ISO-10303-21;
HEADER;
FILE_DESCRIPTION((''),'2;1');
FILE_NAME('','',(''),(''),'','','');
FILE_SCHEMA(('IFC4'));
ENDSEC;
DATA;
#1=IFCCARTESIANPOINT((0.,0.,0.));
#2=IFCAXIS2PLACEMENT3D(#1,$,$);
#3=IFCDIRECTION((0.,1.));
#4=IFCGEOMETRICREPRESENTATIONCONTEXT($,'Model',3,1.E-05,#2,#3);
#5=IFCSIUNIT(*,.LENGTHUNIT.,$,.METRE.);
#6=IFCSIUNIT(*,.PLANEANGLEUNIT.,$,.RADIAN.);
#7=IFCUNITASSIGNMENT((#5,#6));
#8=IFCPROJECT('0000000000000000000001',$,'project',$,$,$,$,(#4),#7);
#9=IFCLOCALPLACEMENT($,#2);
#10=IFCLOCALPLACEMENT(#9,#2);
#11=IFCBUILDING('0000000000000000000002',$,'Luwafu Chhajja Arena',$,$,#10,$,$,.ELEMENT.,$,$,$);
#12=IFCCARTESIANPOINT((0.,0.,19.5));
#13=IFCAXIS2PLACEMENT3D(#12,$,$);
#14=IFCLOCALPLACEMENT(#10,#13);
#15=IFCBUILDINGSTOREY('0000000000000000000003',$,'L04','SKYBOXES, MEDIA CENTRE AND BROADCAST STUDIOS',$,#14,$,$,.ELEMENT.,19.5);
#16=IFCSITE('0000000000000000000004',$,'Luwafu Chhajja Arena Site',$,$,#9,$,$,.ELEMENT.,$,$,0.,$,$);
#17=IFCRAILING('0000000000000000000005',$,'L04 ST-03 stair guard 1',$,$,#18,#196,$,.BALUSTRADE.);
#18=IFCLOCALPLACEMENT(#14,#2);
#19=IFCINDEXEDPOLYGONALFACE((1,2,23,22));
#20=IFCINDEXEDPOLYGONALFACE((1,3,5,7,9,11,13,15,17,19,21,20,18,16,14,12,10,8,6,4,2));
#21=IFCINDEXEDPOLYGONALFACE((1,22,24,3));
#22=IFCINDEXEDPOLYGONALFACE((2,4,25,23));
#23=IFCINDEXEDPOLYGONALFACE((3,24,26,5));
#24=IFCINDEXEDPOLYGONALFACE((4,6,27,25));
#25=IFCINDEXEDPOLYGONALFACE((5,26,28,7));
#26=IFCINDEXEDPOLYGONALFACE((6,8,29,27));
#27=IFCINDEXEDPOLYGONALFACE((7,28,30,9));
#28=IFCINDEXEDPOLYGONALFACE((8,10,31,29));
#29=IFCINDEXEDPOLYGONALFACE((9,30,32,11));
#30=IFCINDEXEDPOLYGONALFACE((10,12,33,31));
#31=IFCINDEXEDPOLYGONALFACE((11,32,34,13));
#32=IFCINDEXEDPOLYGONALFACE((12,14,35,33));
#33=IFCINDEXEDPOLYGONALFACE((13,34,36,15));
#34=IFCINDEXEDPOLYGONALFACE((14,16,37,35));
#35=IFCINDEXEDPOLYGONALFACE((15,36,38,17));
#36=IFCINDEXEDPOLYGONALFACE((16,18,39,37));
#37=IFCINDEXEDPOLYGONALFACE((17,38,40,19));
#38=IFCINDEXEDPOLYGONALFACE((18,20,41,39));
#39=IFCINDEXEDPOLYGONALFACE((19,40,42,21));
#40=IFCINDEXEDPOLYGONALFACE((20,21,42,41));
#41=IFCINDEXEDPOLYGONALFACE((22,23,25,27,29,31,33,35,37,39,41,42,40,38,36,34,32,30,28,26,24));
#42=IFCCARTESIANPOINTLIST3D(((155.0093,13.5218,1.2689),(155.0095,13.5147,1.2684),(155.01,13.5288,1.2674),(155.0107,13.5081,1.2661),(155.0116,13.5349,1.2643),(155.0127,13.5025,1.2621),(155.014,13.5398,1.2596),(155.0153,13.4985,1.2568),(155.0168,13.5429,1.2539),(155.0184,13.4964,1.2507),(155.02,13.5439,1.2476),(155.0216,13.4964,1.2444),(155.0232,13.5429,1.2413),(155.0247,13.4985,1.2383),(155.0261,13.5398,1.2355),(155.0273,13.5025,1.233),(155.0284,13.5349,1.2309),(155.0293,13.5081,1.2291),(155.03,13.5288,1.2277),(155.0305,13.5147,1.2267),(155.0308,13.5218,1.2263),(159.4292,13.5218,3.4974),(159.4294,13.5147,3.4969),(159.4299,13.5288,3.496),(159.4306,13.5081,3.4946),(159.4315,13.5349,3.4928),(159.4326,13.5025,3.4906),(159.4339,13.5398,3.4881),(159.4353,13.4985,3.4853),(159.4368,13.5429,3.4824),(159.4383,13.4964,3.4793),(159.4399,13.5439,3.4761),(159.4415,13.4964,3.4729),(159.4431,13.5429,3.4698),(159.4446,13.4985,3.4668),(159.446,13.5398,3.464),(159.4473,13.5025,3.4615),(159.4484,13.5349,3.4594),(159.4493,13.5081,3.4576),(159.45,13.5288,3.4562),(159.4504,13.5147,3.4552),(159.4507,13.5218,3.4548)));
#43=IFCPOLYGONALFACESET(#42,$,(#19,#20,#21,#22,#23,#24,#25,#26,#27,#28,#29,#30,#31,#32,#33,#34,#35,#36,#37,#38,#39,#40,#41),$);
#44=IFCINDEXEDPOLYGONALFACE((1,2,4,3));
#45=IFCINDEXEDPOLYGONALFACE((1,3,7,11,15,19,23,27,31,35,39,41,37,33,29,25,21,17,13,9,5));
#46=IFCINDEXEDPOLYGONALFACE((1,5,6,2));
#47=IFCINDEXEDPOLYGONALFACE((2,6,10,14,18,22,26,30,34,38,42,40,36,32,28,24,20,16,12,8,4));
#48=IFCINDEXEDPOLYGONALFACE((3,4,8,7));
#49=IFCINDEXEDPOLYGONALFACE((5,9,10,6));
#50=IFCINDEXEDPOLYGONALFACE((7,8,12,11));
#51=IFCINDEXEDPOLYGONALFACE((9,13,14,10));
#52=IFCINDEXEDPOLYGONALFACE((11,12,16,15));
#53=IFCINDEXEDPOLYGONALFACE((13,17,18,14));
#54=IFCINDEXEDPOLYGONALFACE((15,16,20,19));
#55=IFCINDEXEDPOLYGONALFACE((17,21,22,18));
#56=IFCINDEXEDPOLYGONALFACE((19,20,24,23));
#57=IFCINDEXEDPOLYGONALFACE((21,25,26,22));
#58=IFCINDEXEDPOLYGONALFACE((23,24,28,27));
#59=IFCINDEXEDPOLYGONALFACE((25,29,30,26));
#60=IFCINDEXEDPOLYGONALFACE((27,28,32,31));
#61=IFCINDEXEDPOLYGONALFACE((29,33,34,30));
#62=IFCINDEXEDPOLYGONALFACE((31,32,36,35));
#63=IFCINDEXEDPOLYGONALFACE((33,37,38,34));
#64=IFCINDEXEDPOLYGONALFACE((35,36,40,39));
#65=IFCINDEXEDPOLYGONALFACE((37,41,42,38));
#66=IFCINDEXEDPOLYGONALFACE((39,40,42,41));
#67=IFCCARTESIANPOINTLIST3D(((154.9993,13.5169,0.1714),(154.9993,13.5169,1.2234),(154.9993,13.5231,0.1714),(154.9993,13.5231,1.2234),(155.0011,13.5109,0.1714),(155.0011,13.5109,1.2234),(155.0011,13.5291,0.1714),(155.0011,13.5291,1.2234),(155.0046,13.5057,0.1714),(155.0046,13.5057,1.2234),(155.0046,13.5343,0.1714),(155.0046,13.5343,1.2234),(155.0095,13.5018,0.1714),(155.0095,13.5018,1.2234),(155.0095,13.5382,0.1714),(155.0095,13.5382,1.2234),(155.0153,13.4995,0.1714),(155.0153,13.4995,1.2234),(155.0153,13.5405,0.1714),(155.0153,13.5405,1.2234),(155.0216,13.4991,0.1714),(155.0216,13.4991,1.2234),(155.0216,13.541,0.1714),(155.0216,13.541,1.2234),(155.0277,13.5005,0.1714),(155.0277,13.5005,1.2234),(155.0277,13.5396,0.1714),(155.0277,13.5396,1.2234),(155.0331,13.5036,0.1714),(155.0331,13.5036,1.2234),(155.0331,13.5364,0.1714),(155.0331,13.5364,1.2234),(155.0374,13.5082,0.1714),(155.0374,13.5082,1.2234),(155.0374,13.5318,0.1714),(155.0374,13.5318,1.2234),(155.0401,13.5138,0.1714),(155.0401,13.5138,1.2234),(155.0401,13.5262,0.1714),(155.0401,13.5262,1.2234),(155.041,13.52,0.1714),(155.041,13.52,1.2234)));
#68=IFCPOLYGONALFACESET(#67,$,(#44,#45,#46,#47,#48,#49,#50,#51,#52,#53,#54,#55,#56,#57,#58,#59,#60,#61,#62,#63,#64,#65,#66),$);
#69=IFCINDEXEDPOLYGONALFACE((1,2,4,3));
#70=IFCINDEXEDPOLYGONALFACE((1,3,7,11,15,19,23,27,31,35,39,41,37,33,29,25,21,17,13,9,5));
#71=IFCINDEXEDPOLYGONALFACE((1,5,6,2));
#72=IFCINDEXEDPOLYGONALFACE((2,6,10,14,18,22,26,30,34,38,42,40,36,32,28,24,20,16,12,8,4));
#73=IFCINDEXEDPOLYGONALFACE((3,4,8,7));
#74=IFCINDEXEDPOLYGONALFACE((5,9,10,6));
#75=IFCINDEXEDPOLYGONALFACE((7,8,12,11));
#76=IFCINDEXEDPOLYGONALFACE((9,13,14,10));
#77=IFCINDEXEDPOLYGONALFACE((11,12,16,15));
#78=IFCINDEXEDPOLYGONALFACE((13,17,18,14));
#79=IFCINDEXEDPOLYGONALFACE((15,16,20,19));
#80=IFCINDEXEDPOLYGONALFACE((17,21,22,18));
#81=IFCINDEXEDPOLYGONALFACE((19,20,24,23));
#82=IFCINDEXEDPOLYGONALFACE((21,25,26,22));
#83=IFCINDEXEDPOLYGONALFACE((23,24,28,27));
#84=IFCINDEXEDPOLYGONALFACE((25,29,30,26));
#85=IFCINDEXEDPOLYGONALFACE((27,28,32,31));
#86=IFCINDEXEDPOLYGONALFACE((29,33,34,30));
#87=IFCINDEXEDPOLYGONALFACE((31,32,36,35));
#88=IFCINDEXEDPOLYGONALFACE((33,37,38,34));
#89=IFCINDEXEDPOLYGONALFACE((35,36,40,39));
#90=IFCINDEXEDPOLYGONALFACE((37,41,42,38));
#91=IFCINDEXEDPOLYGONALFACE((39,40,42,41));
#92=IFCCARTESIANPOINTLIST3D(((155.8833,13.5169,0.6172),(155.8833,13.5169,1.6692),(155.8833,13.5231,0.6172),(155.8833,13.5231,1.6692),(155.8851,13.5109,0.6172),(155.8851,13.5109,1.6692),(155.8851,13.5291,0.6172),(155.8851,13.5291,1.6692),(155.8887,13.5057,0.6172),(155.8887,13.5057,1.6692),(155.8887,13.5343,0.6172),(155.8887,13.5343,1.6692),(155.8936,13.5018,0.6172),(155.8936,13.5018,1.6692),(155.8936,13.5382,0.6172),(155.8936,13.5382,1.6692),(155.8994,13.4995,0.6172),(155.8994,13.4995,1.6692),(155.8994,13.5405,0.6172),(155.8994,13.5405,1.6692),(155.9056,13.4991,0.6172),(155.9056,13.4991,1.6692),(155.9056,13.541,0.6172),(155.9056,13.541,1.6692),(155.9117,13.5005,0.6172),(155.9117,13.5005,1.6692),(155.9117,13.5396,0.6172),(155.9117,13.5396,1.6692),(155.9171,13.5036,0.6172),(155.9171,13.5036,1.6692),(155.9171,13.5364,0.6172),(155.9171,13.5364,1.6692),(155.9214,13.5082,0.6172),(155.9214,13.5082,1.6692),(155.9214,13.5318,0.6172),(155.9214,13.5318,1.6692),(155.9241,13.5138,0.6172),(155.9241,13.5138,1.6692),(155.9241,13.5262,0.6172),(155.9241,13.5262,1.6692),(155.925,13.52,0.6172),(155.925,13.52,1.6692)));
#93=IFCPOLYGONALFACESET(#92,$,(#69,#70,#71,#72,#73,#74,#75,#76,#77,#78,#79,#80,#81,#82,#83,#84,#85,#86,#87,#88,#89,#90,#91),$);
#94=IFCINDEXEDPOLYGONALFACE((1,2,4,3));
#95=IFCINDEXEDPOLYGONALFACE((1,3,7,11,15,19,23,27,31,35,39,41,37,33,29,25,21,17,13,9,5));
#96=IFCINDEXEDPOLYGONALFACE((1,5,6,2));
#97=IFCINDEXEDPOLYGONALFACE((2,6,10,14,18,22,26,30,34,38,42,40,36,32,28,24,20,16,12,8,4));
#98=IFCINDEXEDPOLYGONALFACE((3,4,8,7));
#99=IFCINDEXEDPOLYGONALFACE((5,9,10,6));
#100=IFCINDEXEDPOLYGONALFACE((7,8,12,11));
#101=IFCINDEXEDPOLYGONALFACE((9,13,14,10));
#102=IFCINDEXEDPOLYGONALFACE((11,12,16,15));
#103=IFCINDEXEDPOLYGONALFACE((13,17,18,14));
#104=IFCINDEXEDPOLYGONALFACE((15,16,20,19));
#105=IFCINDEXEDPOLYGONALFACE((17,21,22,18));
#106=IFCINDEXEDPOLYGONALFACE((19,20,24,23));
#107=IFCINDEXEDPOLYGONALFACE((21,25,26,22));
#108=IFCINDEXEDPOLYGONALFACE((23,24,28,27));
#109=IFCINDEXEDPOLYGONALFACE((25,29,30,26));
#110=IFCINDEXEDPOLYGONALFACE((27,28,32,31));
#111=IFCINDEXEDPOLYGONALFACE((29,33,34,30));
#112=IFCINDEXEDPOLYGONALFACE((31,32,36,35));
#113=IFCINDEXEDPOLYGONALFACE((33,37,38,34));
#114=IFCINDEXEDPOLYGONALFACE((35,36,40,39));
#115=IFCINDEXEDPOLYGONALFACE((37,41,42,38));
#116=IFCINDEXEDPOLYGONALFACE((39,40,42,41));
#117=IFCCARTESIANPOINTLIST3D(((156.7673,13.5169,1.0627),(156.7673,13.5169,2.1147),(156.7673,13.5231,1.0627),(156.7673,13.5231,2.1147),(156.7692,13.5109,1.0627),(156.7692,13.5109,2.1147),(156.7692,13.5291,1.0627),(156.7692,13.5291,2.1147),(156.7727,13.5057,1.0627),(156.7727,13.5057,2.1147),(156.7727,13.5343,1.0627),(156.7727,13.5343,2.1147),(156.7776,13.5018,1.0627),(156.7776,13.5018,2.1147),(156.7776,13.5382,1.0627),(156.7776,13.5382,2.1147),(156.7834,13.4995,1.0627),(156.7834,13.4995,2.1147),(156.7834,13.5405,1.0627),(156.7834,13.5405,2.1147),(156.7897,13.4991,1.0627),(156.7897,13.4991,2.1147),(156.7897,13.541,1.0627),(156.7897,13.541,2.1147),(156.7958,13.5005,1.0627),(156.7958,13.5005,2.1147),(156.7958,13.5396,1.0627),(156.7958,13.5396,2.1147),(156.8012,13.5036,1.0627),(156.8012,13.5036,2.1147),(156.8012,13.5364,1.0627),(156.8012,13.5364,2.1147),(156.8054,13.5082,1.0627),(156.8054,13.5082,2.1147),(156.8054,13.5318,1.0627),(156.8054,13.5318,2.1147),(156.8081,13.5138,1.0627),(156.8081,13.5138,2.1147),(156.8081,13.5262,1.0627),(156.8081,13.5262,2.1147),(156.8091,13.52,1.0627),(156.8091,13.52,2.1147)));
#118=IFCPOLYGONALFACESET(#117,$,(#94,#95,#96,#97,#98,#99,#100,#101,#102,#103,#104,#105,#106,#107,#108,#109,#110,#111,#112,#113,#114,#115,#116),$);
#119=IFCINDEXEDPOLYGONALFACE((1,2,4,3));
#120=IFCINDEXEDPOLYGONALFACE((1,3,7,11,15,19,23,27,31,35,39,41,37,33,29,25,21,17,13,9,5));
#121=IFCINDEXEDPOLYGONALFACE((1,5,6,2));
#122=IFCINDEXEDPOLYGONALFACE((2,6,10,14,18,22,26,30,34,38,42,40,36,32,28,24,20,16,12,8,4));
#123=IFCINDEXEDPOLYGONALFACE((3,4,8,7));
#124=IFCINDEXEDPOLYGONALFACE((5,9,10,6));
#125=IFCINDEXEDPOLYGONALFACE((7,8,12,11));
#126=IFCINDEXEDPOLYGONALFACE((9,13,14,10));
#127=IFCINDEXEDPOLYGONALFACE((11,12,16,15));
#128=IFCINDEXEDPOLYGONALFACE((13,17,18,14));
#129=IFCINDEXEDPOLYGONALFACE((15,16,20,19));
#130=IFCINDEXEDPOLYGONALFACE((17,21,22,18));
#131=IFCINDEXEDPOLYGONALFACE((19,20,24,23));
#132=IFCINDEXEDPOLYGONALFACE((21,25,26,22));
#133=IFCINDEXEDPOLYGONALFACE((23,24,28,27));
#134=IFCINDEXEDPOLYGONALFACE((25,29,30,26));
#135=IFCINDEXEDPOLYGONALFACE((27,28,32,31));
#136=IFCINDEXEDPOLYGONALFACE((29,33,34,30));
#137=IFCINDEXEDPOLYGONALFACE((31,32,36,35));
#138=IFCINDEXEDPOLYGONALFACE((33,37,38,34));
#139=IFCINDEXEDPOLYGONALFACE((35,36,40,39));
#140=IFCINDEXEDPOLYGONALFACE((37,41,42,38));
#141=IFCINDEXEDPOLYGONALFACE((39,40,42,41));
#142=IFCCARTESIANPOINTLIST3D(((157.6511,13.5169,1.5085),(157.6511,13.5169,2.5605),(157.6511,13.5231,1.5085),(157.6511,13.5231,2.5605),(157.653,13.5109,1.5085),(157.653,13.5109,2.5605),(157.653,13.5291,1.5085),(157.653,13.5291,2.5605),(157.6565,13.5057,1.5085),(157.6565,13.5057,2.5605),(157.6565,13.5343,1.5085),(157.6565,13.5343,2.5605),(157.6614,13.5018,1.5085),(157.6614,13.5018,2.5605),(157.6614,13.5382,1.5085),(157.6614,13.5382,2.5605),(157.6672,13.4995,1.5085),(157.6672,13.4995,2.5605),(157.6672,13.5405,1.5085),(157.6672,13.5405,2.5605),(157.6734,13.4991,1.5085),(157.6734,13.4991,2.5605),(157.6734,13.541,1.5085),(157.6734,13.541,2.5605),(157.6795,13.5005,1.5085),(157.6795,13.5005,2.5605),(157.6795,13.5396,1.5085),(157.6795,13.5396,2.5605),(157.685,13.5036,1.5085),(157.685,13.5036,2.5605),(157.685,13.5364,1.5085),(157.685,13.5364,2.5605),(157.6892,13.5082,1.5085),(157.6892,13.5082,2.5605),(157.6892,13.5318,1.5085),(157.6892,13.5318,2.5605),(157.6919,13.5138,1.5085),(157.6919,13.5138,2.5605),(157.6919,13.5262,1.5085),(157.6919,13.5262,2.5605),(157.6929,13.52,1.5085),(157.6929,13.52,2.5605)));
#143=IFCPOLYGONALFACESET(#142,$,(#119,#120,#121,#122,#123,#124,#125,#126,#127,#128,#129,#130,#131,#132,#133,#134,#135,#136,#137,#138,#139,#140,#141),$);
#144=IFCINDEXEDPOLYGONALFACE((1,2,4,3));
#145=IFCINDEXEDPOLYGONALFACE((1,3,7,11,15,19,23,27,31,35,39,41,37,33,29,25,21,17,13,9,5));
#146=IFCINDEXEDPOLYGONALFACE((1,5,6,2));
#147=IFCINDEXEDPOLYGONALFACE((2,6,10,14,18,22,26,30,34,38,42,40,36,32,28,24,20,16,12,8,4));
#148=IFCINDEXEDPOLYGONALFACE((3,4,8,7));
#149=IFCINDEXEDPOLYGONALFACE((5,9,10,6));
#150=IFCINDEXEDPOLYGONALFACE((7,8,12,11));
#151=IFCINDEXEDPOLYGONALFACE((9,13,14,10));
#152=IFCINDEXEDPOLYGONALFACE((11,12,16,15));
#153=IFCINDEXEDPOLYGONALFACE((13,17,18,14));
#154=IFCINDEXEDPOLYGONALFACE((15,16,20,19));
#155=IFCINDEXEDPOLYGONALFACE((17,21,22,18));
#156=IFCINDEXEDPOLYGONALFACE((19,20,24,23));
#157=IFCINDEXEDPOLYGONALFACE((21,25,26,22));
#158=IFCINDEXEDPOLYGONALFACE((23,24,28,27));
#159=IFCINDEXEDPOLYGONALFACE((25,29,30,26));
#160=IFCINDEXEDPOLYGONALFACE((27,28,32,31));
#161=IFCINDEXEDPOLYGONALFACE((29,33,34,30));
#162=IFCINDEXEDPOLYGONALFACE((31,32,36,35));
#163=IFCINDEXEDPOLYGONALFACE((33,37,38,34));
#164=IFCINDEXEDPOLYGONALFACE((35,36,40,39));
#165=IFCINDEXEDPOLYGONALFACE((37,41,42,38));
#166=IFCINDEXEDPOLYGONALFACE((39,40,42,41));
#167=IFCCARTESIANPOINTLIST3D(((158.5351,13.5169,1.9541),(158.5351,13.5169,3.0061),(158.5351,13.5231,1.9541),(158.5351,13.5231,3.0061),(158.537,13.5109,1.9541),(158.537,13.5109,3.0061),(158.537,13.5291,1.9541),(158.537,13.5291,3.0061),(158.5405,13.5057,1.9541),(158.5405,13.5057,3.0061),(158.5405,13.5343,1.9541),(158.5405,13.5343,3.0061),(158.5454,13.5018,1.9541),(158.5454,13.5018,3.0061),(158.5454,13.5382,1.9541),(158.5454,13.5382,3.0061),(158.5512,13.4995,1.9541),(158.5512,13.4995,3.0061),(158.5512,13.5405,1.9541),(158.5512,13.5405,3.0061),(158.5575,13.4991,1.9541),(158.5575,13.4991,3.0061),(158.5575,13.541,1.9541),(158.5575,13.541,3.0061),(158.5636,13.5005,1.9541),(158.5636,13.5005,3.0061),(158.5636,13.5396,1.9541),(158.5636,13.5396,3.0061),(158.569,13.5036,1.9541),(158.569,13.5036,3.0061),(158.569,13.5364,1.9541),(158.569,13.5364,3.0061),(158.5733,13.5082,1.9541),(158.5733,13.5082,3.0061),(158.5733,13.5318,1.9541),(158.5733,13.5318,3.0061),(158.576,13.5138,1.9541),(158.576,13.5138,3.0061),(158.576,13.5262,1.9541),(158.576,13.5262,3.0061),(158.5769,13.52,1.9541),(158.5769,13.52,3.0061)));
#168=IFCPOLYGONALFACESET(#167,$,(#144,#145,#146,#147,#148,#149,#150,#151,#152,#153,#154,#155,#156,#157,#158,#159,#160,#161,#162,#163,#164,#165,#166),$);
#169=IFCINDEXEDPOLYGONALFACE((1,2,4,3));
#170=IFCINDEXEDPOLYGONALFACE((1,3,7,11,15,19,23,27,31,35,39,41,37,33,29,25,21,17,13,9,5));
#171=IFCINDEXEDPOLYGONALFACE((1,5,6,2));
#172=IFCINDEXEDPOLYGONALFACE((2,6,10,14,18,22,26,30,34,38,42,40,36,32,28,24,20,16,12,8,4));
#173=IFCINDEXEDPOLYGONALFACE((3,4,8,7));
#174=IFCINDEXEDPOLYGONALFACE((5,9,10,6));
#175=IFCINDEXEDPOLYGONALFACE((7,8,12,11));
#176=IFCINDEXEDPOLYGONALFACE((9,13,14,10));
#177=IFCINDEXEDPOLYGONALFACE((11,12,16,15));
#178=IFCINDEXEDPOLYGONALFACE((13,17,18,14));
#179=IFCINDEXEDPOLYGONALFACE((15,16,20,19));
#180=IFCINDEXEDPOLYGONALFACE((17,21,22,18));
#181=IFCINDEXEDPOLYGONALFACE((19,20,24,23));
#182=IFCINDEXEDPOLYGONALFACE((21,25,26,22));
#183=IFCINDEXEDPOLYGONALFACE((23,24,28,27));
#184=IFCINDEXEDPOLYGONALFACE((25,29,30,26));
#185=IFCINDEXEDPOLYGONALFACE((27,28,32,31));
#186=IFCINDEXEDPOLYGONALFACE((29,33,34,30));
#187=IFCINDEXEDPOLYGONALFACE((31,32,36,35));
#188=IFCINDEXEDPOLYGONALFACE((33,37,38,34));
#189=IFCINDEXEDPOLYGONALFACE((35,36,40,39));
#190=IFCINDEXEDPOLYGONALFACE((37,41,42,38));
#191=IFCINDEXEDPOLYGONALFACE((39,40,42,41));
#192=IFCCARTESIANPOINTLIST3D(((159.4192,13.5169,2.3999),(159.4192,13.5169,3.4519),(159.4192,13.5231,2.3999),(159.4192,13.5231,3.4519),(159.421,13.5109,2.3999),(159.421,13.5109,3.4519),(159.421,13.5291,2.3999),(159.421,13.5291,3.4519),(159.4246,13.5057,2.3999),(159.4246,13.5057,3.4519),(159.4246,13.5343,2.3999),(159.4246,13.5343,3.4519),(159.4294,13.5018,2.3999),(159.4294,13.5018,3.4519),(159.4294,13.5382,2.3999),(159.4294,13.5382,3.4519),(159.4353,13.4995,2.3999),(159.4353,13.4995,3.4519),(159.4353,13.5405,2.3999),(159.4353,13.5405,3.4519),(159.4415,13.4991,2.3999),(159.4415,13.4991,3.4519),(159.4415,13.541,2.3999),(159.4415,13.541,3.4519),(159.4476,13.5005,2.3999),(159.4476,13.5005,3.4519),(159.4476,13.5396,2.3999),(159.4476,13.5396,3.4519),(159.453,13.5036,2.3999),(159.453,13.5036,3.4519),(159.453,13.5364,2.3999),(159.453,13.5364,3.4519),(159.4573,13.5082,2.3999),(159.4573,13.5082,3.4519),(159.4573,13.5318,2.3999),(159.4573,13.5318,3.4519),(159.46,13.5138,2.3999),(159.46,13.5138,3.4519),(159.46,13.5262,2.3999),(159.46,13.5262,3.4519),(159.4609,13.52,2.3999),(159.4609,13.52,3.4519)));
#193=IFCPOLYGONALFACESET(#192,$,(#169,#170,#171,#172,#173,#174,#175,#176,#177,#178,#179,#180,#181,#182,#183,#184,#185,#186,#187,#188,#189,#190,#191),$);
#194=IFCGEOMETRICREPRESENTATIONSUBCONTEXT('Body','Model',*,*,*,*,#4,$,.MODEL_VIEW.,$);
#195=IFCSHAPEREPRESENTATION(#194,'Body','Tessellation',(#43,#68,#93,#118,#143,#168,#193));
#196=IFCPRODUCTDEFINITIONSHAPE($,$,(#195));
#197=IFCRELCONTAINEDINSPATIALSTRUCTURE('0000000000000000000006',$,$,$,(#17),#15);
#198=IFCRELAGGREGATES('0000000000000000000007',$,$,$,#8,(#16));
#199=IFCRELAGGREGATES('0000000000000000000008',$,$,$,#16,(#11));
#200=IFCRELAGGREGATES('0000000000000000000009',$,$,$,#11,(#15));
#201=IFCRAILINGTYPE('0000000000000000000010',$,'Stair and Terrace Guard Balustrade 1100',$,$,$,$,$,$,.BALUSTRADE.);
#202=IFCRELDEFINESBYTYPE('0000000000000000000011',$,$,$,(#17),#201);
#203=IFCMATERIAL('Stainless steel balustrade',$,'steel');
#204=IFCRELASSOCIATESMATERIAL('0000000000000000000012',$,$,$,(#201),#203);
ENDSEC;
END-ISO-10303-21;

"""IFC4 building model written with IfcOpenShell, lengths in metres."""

from ifc_helpers import new_model, si_unit, direction, frame, origin, origin_2d, place, context, subcontext, project, spatial, circle, extrude, material, type_object, element, save


model = new_model("IFC4")

# Units and contexts
model_context = context("Model", 3, precision=1e-05, world=origin(), true_north=direction((0.0, 1.0)))
body_context = subcontext(model_context, "Body", "Model", "MODEL_VIEW")
ifc_project = project(units=[si_unit("LENGTHUNIT", "METRE"), si_unit("PLANEANGLEUNIT", "RADIAN")], contexts=[model_context])

# Site, building, storey
site_placement = place(None, origin())
site = spatial("IfcSite", under=ifc_project, at=site_placement, Name="Luwafu Chhajja Arena Site", CompositionType="ELEMENT", RefElevation=0.0)
building_placement = place(site_placement, origin())
building = spatial("IfcBuilding", under=site, at=building_placement, Name="Luwafu Chhajja Arena", CompositionType="ELEMENT")
storey_placement = place(building_placement, frame((0.0, 0.0, 19.5)))
storey = spatial("IfcBuildingStorey", under=building, at=storey_placement, Name="L04", Description="SKYBOXES, MEDIA CENTRE AND BROADCAST STUDIOS", CompositionType="ELEMENT", Elevation=19.5)

# Railing
ifc_material_1 = material(Name="Stainless steel balustrade", Category="steel")
railing_type_1 = type_object("IfcRailingType", Name="Stair and Terrace Guard Balustrade 1100", PredefinedType="BALUSTRADE", material=ifc_material_1)
railing_1_placement = place(storey_placement, frame((155.02, 13.52, 0.1714)))
element("IfcRailing", 1, at=railing_1_placement, inside=storey, type_object=railing_type_1, Name="L04 ST-03 stair guard 1", PredefinedType="BALUSTRADE", context=body_context, shape_type="SweptSolid", body=[
    extrude(circle(Radius=0.0239, at=origin_2d()), frame((0.0, 0.0, 1.0762), z_axis=(0.892923, 0.0, 0.45021), x_axis=(0.0, 1.0, 0.0)), (0.0, 0.0, 1.0), 4.95),
    extrude(circle(Radius=0.021, at=origin_2d()), origin(), (0.0, 0.0, 1.0), 1.052),
    extrude(circle(Radius=0.021, at=origin_2d()), frame((0.884, 0.0, 0.4458)), (0.0, 0.0, 1.0), 1.052),
    extrude(circle(Radius=0.021, at=origin_2d()), frame((1.7681, 0.0, 0.8914)), (0.0, 0.0, 1.0), 1.052),
    extrude(circle(Radius=0.021, at=origin_2d()), frame((2.6519, 0.0, 1.3372)), (0.0, 0.0, 1.0), 1.052),
    extrude(circle(Radius=0.021, at=origin_2d()), frame((3.5359, 0.0, 1.7827)), (0.0, 0.0, 1.0), 1.052),
    extrude(circle(Radius=0.021, at=origin_2d()), frame((4.4199, 0.0, 2.2285)), (0.0, 0.0, 1.0), 1.052),
])

save(model, "model.ifc")
